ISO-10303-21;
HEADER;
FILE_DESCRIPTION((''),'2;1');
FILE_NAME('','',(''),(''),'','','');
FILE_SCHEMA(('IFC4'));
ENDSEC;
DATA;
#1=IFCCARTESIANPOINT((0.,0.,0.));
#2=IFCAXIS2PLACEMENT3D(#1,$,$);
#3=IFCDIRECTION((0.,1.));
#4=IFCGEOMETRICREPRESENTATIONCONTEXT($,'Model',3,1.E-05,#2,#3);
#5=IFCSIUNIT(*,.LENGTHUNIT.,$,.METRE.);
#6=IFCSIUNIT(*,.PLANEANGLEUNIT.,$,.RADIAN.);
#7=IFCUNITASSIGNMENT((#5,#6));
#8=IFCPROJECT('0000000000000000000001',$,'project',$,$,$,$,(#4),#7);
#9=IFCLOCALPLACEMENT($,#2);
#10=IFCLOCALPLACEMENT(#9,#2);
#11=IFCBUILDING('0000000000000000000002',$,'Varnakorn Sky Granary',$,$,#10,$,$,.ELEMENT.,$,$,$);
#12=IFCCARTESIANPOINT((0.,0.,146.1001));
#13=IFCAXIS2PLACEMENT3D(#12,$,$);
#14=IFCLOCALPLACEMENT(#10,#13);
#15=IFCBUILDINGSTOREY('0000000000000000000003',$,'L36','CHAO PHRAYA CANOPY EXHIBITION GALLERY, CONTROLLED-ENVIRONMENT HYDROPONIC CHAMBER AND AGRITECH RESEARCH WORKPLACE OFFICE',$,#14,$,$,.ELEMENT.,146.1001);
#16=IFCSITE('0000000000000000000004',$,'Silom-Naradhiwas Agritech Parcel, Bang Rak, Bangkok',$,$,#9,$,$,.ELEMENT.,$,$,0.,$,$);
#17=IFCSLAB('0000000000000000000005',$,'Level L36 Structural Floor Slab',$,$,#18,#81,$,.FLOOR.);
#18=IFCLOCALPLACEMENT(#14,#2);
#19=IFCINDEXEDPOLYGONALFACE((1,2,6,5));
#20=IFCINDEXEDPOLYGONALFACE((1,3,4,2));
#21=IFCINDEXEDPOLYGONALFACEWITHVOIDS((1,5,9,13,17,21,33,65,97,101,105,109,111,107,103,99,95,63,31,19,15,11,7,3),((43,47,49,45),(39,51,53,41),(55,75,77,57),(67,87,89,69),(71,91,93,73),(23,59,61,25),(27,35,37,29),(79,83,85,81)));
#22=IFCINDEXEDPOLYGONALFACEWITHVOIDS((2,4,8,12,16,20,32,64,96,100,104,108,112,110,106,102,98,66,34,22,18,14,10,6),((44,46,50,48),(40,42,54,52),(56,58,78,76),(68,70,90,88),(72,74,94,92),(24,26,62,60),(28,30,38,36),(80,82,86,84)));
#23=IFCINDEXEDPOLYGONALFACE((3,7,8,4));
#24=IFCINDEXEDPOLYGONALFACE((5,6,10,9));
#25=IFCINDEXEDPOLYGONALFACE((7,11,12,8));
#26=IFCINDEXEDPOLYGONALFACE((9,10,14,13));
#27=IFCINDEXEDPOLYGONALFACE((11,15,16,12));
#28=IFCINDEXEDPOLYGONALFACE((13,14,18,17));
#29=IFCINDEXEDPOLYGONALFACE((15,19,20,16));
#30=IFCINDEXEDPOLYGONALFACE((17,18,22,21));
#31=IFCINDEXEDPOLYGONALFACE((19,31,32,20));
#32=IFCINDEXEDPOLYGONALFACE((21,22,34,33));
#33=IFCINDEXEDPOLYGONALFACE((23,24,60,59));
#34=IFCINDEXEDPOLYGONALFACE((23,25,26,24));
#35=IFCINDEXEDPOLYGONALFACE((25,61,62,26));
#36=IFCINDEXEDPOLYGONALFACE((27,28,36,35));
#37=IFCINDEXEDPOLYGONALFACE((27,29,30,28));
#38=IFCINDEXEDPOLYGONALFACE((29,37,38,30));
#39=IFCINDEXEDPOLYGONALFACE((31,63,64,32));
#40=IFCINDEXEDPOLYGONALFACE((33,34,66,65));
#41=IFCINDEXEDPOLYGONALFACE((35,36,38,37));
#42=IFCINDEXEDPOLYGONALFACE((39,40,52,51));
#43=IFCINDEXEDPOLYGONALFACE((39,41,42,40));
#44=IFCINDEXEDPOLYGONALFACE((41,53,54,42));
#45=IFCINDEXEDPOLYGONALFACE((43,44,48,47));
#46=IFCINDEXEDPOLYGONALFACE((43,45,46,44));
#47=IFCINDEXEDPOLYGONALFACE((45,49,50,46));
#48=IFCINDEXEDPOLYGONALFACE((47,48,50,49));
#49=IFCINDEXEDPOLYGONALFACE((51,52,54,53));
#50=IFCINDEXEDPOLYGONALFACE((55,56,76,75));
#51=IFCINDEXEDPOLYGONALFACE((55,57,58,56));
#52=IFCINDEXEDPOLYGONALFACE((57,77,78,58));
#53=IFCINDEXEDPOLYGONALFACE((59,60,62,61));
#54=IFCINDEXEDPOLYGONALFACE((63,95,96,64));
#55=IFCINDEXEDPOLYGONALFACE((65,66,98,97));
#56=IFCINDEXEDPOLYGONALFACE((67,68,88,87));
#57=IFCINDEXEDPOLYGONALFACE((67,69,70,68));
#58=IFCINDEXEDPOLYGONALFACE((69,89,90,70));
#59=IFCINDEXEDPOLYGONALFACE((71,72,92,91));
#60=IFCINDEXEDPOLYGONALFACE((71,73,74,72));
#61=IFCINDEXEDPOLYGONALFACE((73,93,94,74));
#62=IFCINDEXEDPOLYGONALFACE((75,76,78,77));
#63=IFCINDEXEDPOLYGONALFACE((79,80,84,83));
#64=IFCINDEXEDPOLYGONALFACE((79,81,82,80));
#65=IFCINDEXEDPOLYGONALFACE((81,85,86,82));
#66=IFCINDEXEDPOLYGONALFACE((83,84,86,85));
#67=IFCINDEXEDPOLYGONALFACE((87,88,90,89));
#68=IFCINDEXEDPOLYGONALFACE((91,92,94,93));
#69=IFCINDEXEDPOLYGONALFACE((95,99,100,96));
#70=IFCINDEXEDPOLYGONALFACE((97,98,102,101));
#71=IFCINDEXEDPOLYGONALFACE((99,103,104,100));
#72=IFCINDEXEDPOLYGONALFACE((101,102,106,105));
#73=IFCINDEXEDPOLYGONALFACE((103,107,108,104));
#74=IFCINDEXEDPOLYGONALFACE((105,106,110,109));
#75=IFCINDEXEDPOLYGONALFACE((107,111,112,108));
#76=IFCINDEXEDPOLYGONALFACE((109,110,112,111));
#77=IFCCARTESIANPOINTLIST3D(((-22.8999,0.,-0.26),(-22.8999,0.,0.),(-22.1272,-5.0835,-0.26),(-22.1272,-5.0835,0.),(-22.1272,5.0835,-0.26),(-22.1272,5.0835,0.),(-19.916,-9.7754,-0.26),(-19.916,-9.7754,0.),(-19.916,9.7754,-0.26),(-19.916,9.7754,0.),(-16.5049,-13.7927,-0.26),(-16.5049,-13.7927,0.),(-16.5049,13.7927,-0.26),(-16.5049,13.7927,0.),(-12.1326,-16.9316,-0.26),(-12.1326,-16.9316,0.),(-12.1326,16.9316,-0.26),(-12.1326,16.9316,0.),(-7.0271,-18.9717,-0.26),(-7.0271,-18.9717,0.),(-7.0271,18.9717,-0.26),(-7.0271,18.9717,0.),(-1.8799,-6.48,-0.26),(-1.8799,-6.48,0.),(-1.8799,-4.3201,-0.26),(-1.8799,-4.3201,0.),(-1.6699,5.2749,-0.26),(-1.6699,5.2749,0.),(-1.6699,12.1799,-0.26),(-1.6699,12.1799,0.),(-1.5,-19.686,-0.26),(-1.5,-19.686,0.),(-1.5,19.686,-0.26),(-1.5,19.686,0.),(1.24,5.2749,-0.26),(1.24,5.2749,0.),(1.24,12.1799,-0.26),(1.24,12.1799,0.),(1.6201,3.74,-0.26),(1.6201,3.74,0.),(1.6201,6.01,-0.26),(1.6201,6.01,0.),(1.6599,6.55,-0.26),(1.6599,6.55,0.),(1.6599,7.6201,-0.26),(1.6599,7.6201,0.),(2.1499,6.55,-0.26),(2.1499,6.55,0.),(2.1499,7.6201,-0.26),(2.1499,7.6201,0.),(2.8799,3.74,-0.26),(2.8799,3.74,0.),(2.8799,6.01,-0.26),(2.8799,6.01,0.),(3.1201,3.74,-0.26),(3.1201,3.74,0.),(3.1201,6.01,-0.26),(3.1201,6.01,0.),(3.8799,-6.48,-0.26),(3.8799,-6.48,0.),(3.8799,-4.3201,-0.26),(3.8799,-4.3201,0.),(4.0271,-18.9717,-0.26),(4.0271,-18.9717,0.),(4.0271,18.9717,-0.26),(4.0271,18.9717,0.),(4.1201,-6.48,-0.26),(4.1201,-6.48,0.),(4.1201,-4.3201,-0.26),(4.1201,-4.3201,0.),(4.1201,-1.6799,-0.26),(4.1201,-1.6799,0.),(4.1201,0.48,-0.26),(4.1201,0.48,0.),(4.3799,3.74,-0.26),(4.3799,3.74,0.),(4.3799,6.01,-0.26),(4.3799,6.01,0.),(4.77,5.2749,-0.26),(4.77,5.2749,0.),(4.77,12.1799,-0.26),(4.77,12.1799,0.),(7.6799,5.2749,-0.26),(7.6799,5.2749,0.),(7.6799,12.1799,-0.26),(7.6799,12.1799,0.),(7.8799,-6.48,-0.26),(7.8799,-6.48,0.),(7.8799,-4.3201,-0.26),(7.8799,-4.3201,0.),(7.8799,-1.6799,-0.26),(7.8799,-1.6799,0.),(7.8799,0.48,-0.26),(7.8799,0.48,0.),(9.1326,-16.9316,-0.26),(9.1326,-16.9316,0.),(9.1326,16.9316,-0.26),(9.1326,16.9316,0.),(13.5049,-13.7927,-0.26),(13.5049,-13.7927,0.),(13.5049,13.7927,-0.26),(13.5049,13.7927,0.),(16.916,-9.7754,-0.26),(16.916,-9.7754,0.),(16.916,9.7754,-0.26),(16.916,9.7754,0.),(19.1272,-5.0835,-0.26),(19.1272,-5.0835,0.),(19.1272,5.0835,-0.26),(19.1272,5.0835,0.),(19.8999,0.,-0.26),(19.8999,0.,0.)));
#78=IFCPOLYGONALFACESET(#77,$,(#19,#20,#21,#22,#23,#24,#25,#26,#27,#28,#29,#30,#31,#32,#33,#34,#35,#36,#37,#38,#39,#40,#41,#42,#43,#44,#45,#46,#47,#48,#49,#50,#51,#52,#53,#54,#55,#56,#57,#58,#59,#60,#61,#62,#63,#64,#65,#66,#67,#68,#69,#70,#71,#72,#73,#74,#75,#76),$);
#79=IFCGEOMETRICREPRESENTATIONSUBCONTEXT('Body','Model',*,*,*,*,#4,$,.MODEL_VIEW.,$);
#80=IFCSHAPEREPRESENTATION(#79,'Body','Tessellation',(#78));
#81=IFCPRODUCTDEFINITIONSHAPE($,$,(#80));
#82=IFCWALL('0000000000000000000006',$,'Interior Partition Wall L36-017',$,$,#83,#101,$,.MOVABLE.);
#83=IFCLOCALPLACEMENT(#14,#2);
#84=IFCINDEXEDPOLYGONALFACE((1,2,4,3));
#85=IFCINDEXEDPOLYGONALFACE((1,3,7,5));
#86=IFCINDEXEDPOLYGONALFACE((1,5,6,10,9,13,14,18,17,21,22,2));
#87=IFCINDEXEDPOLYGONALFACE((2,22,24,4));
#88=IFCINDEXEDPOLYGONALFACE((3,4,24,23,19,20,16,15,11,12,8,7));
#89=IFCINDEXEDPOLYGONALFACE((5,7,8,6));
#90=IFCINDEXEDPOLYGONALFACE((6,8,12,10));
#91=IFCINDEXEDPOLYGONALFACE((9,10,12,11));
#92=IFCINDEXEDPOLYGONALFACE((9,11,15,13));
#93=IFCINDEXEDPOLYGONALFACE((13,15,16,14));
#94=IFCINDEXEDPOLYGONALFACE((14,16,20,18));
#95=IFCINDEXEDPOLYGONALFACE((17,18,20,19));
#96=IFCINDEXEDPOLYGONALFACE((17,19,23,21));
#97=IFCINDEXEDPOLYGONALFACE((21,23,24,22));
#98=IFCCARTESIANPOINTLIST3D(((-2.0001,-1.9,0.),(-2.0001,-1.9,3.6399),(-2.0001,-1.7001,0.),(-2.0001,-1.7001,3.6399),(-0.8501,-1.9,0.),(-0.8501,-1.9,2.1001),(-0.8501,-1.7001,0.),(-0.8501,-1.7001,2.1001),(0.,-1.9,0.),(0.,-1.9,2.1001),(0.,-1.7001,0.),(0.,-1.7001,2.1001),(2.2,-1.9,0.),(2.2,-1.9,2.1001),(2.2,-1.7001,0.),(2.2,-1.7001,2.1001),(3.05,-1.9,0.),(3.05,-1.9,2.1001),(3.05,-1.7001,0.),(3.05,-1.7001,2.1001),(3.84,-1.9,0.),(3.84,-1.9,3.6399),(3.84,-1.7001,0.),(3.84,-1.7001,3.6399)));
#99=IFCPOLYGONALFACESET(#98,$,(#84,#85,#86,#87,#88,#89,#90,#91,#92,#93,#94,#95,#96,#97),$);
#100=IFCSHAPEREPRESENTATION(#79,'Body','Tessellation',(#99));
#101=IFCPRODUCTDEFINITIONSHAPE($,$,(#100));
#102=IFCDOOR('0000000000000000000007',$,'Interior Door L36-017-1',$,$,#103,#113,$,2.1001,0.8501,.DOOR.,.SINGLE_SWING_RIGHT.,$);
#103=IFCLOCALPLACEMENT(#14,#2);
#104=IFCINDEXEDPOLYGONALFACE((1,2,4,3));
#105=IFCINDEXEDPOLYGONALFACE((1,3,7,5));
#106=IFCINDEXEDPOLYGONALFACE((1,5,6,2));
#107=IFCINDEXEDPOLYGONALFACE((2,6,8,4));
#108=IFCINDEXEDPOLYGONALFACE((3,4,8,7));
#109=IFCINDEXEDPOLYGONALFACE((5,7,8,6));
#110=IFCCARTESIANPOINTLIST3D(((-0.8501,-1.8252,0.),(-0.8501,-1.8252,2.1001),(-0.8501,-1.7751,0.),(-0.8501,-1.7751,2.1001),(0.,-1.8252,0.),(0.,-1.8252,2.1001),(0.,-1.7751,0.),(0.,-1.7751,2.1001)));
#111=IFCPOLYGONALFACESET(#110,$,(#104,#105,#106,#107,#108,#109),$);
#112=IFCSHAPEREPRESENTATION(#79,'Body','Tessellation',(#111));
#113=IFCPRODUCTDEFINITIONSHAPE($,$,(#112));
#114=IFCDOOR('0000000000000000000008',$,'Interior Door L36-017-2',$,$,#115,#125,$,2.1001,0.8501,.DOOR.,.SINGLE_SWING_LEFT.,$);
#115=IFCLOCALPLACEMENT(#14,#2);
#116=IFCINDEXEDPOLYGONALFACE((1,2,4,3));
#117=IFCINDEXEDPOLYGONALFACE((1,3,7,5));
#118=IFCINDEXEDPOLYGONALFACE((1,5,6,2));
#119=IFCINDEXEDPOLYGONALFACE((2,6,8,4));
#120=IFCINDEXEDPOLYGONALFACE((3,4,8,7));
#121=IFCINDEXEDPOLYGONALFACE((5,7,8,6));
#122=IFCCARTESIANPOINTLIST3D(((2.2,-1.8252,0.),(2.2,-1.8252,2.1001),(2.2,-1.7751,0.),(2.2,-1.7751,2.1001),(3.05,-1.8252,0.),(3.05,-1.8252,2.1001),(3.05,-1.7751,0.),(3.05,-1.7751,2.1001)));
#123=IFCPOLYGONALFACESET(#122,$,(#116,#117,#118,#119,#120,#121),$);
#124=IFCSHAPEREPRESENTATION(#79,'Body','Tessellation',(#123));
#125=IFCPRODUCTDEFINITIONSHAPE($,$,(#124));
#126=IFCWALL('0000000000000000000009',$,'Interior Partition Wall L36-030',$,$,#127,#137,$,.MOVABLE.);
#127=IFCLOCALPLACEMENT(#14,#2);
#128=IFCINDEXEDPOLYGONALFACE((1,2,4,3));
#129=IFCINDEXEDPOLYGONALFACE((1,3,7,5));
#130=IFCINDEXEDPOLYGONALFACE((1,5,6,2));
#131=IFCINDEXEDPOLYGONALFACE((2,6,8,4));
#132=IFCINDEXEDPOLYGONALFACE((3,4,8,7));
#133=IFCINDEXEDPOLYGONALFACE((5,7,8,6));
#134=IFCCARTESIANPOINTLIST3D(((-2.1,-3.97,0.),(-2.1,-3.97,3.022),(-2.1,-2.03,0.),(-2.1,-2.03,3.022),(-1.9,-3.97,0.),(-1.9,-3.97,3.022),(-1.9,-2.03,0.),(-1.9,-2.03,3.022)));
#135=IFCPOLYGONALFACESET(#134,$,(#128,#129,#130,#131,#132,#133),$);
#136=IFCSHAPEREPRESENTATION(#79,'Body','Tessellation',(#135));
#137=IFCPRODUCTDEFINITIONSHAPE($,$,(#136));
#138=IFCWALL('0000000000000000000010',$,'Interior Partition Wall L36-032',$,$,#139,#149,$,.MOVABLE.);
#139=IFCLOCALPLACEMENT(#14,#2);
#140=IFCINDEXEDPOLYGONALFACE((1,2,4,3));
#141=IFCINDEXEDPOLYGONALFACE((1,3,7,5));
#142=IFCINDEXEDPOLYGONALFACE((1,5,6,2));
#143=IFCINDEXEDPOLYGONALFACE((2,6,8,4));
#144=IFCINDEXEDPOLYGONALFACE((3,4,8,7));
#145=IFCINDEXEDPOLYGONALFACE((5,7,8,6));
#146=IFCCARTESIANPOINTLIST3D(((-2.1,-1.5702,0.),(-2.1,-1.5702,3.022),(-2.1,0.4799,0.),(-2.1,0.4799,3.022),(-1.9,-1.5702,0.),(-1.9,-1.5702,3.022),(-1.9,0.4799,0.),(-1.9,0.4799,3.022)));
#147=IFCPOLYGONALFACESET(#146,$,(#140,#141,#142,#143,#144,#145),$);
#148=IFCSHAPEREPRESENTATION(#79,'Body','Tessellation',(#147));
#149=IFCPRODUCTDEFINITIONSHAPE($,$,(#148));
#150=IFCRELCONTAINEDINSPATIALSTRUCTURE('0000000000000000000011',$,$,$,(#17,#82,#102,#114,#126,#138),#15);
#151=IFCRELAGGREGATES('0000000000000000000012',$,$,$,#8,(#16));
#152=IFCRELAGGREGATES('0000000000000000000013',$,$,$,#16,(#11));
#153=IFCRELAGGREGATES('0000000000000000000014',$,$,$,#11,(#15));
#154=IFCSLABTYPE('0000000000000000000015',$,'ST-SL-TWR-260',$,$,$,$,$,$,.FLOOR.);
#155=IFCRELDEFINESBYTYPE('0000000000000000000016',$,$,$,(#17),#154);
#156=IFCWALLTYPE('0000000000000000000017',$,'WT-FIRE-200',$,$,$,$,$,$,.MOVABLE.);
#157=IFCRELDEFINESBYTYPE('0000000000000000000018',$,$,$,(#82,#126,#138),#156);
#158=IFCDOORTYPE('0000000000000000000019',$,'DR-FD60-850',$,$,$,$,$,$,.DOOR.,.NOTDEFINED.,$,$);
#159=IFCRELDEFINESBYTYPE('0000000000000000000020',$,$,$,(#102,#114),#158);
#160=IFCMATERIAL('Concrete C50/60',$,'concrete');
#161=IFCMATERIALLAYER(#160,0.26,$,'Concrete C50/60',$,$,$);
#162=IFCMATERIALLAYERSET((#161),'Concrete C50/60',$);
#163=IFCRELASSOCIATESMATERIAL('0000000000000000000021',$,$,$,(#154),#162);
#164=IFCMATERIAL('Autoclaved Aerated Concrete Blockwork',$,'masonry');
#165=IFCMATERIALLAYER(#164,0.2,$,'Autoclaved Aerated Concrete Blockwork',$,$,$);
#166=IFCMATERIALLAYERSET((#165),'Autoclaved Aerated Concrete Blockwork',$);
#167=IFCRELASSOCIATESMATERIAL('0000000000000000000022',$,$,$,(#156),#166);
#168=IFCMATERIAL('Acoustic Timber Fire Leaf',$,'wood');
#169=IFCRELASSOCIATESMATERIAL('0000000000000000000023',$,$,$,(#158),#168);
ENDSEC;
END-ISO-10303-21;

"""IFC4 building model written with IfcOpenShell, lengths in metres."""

from ifc_helpers import new_model, si_unit, direction, frame, frame_2d, origin, place, context, subcontext, project, spatial, polyline, rectangle, outline, extrude, material, layer, layer_set, type_object, element, fill, save


model = new_model("IFC4")

# Units and contexts
model_context = context("Model", 3, precision=1e-05, world=origin(), true_north=direction((0.0, 1.0)))
body_context = subcontext(model_context, "Body", "Model", "MODEL_VIEW")
ifc_project = project(units=[si_unit("LENGTHUNIT", "METRE"), si_unit("PLANEANGLEUNIT", "RADIAN")], contexts=[model_context])

# Site, building, storey
site_placement = place(None, origin())
site = spatial("IfcSite", under=ifc_project, at=site_placement, Name="Silom-Naradhiwas Agritech Parcel, Bang Rak, Bangkok", CompositionType="ELEMENT", RefElevation=0.0)
building_placement = place(site_placement, origin())
building = spatial("IfcBuilding", under=site, at=building_placement, Name="Varnakorn Sky Granary", CompositionType="ELEMENT")
storey_placement = place(building_placement, frame((0.0, 0.0, 146.1001)))
storey = spatial("IfcBuildingStorey", under=building, at=storey_placement, Name="L36", Description="CHAO PHRAYA CANOPY EXHIBITION GALLERY, CONTROLLED-ENVIRONMENT HYDROPONIC CHAMBER AND AGRITECH RESEARCH WORKPLACE OFFICE", CompositionType="ELEMENT", Elevation=146.1001)

# Shared definitions
ifc_material_1 = material(Name="Concrete C50/60", Category="concrete")

# Slab
ifc_layer_1 = layer(ifc_material_1, 0.26, Name="Concrete C50/60")
ifc_layer_set_1 = layer_set([ifc_layer_1], Name="Concrete C50/60")
slab_type_1 = type_object("IfcSlabType", Name="ST-SL-TWR-260", PredefinedType="FLOOR", material=ifc_layer_set_1)
slab_1_placement = place(storey_placement, frame((0.0, 0.0, -0.26)))
element("IfcSlab", 1, at=slab_1_placement, inside=storey, type_object=slab_type_1, Name="Level L36 Structural Floor Slab", PredefinedType="FLOOR", context=body_context, shape_type="SweptSolid", body=[
    extrude(outline(polyline([(19.8999, 0.0), (19.1272, 5.0835), (16.916, 9.7754), (13.5049, 13.7927), (9.1326, 16.9316), (4.0271, 18.9717), (-1.5, 19.686), (-7.0271, 18.9717), (-12.1326, 16.9316), (-16.5049, 13.7927), (-19.916, 9.7754), (-22.1272, 5.0835), (-22.8999, 0.0), (-22.1272, -5.0835), (-19.916, -9.7754), (-16.5049, -13.7927), (-12.1326, -16.9316), (-7.0271, -18.9717), (-1.5, -19.686), (4.0271, -18.9717), (9.1326, -16.9316), (13.5049, -13.7927), (16.916, -9.7754), (19.1272, -5.0835), (19.8999, 0.0)]), holes=[polyline([(1.24, 5.2749), (1.24, 12.1799), (-1.6699, 12.1799), (-1.6699, 5.2749), (1.24, 5.2749)]), polyline([(7.6799, 5.2749), (7.6799, 12.1799), (4.77, 12.1799), (4.77, 5.2749), (7.6799, 5.2749)]), polyline([(1.6599, 6.55), (2.1499, 6.55), (2.1499, 7.6201), (1.6599, 7.6201), (1.6599, 6.55)]), polyline([(1.6201, 3.74), (2.8799, 3.74), (2.8799, 6.01), (1.6201, 6.01), (1.6201, 3.74)]), polyline([(3.1201, 3.74), (4.3799, 3.74), (4.3799, 6.01), (3.1201, 6.01), (3.1201, 3.74)]), polyline([(4.1201, -1.6799), (7.8799, -1.6799), (7.8799, 0.48), (4.1201, 0.48), (4.1201, -1.6799)]), polyline([(-1.8799, -6.48), (3.8799, -6.48), (3.8799, -4.3201), (-1.8799, -4.3201), (-1.8799, -6.48)]), polyline([(4.1201, -6.48), (7.8799, -6.48), (7.8799, -4.3201), (4.1201, -4.3201), (4.1201, -6.48)])]), origin(), (0.0, 0.0, 1.0), 0.26),
])

# Wall, openings, doors
ifc_material_2 = material(Name="Autoclaved Aerated Concrete Blockwork", Category="masonry")
ifc_layer_2 = layer(ifc_material_2, 0.2, Name="Autoclaved Aerated Concrete Blockwork")
ifc_layer_set_2 = layer_set([ifc_layer_2], Name="Autoclaved Aerated Concrete Blockwork")
wall_type_1 = type_object("IfcWallType", Name="WT-FIRE-200", PredefinedType="MOVABLE", material=ifc_layer_set_2)
wall_1_placement = place(storey_placement, frame((-2.0, -1.8, 0.0), z_axis=(0.0, 0.0, 1.0), x_axis=(1.0, 0.0, 0.0)))
wall_1 = element("IfcWall", 2, at=wall_1_placement, inside=storey, type_object=wall_type_1, Name="Interior Partition Wall L36-017", PredefinedType="MOVABLE", context=body_context, shape_type="SweptSolid", body=[
    extrude(rectangle(XDim=5.8401, YDim=0.2, at=frame_2d((2.9199, 0.0))), origin(), (0.0, 0.0, 1.0), 3.6399),
])
opening_1_placement = place(wall_1_placement, frame((1.1499, 0.0, 0.0)))
opening_1 = element("IfcOpeningElement", 3, at=opening_1_placement, cuts=wall_1, PredefinedType="OPENING", context=body_context, shape_type="SweptSolid", body=[
    extrude(rectangle(XDim=0.8501, YDim=2.1001, at=frame_2d((0.425, 1.05))), frame((0.0, 0.1099, 0.0), z_axis=(0.0, -1.0, 0.0), x_axis=(1.0, 0.0, 0.0)), (0.0, 0.0, 1.0), 0.22),
])
opening_2_placement = place(wall_1_placement, frame((4.2, 0.0, 0.0)))
opening_2 = element("IfcOpeningElement", 4, at=opening_2_placement, cuts=wall_1, PredefinedType="OPENING", context=body_context, shape_type="SweptSolid", body=[
    extrude(rectangle(XDim=0.8501, YDim=2.1001, at=frame_2d((0.425, 1.05))), frame((0.0, 0.1099, 0.0), z_axis=(0.0, -1.0, 0.0), x_axis=(1.0, 0.0, 0.0)), (0.0, 0.0, 1.0), 0.22),
])
ifc_material_3 = material(Name="Acoustic Timber Fire Leaf", Category="wood")
door_type_1 = type_object("IfcDoorType", Name="DR-FD60-850", OperationType="NOTDEFINED", PredefinedType="DOOR", material=ifc_material_3)
door_1_placement = place(opening_1_placement, origin())
door_1 = element("IfcDoor", 5, at=door_1_placement, inside=storey, type_object=door_type_1, Name="Interior Door L36-017-1", OperationType="SINGLE_SWING_RIGHT", OverallHeight=2.1001, OverallWidth=0.8501, PredefinedType="DOOR", context=body_context, shape_type="SweptSolid", body=[
    extrude(rectangle(XDim=0.8501, YDim=2.1001, at=frame_2d((0.425, 1.05))), frame((0.0, 0.0249, 0.0), z_axis=(0.0, -1.0, 0.0), x_axis=(1.0, 0.0, 0.0)), (0.0, 0.0, 1.0), 0.05),
])
fill(opening_1, door_1)
door_2_placement = place(opening_2_placement, origin())
door_2 = element("IfcDoor", 6, at=door_2_placement, inside=storey, type_object=door_type_1, Name="Interior Door L36-017-2", OperationType="SINGLE_SWING_LEFT", OverallHeight=2.1001, OverallWidth=0.8501, PredefinedType="DOOR", context=body_context, shape_type="SweptSolid", body=[
    extrude(rectangle(XDim=0.8501, YDim=2.1001, at=frame_2d((0.425, 1.05))), frame((0.0, 0.0249, 0.0), z_axis=(0.0, -1.0, 0.0), x_axis=(1.0, 0.0, 0.0)), (0.0, 0.0, 1.0), 0.05),
])
fill(opening_2, door_2)

# Walls
wall_2_placement = place(storey_placement, frame((-2.0, -3.97, 0.0), z_axis=(0.0, 0.0, 1.0), x_axis=(0.0, 1.0, 0.0)))
element("IfcWall", 7, at=wall_2_placement, inside=storey, type_object=wall_type_1, Name="Interior Partition Wall L36-030", PredefinedType="MOVABLE", context=body_context, shape_type="SweptSolid", body=[
    extrude(rectangle(XDim=1.9399, YDim=0.2, at=frame_2d((0.97, 0.0))), origin(), (0.0, 0.0, 1.0), 3.022),
])
wall_3_placement = place(storey_placement, frame((-2.0, -1.5701, 0.0), z_axis=(0.0, 0.0, 1.0), x_axis=(0.0, 1.0, 0.0)))
element("IfcWall", 8, at=wall_3_placement, inside=storey, type_object=wall_type_1, Name="Interior Partition Wall L36-032", PredefinedType="MOVABLE", context=body_context, shape_type="SweptSolid", body=[
    extrude(rectangle(XDim=2.05, YDim=0.2, at=frame_2d((1.0249, 0.0))), origin(), (0.0, 0.0, 1.0), 3.022),
])

save(model, "model.ifc")
